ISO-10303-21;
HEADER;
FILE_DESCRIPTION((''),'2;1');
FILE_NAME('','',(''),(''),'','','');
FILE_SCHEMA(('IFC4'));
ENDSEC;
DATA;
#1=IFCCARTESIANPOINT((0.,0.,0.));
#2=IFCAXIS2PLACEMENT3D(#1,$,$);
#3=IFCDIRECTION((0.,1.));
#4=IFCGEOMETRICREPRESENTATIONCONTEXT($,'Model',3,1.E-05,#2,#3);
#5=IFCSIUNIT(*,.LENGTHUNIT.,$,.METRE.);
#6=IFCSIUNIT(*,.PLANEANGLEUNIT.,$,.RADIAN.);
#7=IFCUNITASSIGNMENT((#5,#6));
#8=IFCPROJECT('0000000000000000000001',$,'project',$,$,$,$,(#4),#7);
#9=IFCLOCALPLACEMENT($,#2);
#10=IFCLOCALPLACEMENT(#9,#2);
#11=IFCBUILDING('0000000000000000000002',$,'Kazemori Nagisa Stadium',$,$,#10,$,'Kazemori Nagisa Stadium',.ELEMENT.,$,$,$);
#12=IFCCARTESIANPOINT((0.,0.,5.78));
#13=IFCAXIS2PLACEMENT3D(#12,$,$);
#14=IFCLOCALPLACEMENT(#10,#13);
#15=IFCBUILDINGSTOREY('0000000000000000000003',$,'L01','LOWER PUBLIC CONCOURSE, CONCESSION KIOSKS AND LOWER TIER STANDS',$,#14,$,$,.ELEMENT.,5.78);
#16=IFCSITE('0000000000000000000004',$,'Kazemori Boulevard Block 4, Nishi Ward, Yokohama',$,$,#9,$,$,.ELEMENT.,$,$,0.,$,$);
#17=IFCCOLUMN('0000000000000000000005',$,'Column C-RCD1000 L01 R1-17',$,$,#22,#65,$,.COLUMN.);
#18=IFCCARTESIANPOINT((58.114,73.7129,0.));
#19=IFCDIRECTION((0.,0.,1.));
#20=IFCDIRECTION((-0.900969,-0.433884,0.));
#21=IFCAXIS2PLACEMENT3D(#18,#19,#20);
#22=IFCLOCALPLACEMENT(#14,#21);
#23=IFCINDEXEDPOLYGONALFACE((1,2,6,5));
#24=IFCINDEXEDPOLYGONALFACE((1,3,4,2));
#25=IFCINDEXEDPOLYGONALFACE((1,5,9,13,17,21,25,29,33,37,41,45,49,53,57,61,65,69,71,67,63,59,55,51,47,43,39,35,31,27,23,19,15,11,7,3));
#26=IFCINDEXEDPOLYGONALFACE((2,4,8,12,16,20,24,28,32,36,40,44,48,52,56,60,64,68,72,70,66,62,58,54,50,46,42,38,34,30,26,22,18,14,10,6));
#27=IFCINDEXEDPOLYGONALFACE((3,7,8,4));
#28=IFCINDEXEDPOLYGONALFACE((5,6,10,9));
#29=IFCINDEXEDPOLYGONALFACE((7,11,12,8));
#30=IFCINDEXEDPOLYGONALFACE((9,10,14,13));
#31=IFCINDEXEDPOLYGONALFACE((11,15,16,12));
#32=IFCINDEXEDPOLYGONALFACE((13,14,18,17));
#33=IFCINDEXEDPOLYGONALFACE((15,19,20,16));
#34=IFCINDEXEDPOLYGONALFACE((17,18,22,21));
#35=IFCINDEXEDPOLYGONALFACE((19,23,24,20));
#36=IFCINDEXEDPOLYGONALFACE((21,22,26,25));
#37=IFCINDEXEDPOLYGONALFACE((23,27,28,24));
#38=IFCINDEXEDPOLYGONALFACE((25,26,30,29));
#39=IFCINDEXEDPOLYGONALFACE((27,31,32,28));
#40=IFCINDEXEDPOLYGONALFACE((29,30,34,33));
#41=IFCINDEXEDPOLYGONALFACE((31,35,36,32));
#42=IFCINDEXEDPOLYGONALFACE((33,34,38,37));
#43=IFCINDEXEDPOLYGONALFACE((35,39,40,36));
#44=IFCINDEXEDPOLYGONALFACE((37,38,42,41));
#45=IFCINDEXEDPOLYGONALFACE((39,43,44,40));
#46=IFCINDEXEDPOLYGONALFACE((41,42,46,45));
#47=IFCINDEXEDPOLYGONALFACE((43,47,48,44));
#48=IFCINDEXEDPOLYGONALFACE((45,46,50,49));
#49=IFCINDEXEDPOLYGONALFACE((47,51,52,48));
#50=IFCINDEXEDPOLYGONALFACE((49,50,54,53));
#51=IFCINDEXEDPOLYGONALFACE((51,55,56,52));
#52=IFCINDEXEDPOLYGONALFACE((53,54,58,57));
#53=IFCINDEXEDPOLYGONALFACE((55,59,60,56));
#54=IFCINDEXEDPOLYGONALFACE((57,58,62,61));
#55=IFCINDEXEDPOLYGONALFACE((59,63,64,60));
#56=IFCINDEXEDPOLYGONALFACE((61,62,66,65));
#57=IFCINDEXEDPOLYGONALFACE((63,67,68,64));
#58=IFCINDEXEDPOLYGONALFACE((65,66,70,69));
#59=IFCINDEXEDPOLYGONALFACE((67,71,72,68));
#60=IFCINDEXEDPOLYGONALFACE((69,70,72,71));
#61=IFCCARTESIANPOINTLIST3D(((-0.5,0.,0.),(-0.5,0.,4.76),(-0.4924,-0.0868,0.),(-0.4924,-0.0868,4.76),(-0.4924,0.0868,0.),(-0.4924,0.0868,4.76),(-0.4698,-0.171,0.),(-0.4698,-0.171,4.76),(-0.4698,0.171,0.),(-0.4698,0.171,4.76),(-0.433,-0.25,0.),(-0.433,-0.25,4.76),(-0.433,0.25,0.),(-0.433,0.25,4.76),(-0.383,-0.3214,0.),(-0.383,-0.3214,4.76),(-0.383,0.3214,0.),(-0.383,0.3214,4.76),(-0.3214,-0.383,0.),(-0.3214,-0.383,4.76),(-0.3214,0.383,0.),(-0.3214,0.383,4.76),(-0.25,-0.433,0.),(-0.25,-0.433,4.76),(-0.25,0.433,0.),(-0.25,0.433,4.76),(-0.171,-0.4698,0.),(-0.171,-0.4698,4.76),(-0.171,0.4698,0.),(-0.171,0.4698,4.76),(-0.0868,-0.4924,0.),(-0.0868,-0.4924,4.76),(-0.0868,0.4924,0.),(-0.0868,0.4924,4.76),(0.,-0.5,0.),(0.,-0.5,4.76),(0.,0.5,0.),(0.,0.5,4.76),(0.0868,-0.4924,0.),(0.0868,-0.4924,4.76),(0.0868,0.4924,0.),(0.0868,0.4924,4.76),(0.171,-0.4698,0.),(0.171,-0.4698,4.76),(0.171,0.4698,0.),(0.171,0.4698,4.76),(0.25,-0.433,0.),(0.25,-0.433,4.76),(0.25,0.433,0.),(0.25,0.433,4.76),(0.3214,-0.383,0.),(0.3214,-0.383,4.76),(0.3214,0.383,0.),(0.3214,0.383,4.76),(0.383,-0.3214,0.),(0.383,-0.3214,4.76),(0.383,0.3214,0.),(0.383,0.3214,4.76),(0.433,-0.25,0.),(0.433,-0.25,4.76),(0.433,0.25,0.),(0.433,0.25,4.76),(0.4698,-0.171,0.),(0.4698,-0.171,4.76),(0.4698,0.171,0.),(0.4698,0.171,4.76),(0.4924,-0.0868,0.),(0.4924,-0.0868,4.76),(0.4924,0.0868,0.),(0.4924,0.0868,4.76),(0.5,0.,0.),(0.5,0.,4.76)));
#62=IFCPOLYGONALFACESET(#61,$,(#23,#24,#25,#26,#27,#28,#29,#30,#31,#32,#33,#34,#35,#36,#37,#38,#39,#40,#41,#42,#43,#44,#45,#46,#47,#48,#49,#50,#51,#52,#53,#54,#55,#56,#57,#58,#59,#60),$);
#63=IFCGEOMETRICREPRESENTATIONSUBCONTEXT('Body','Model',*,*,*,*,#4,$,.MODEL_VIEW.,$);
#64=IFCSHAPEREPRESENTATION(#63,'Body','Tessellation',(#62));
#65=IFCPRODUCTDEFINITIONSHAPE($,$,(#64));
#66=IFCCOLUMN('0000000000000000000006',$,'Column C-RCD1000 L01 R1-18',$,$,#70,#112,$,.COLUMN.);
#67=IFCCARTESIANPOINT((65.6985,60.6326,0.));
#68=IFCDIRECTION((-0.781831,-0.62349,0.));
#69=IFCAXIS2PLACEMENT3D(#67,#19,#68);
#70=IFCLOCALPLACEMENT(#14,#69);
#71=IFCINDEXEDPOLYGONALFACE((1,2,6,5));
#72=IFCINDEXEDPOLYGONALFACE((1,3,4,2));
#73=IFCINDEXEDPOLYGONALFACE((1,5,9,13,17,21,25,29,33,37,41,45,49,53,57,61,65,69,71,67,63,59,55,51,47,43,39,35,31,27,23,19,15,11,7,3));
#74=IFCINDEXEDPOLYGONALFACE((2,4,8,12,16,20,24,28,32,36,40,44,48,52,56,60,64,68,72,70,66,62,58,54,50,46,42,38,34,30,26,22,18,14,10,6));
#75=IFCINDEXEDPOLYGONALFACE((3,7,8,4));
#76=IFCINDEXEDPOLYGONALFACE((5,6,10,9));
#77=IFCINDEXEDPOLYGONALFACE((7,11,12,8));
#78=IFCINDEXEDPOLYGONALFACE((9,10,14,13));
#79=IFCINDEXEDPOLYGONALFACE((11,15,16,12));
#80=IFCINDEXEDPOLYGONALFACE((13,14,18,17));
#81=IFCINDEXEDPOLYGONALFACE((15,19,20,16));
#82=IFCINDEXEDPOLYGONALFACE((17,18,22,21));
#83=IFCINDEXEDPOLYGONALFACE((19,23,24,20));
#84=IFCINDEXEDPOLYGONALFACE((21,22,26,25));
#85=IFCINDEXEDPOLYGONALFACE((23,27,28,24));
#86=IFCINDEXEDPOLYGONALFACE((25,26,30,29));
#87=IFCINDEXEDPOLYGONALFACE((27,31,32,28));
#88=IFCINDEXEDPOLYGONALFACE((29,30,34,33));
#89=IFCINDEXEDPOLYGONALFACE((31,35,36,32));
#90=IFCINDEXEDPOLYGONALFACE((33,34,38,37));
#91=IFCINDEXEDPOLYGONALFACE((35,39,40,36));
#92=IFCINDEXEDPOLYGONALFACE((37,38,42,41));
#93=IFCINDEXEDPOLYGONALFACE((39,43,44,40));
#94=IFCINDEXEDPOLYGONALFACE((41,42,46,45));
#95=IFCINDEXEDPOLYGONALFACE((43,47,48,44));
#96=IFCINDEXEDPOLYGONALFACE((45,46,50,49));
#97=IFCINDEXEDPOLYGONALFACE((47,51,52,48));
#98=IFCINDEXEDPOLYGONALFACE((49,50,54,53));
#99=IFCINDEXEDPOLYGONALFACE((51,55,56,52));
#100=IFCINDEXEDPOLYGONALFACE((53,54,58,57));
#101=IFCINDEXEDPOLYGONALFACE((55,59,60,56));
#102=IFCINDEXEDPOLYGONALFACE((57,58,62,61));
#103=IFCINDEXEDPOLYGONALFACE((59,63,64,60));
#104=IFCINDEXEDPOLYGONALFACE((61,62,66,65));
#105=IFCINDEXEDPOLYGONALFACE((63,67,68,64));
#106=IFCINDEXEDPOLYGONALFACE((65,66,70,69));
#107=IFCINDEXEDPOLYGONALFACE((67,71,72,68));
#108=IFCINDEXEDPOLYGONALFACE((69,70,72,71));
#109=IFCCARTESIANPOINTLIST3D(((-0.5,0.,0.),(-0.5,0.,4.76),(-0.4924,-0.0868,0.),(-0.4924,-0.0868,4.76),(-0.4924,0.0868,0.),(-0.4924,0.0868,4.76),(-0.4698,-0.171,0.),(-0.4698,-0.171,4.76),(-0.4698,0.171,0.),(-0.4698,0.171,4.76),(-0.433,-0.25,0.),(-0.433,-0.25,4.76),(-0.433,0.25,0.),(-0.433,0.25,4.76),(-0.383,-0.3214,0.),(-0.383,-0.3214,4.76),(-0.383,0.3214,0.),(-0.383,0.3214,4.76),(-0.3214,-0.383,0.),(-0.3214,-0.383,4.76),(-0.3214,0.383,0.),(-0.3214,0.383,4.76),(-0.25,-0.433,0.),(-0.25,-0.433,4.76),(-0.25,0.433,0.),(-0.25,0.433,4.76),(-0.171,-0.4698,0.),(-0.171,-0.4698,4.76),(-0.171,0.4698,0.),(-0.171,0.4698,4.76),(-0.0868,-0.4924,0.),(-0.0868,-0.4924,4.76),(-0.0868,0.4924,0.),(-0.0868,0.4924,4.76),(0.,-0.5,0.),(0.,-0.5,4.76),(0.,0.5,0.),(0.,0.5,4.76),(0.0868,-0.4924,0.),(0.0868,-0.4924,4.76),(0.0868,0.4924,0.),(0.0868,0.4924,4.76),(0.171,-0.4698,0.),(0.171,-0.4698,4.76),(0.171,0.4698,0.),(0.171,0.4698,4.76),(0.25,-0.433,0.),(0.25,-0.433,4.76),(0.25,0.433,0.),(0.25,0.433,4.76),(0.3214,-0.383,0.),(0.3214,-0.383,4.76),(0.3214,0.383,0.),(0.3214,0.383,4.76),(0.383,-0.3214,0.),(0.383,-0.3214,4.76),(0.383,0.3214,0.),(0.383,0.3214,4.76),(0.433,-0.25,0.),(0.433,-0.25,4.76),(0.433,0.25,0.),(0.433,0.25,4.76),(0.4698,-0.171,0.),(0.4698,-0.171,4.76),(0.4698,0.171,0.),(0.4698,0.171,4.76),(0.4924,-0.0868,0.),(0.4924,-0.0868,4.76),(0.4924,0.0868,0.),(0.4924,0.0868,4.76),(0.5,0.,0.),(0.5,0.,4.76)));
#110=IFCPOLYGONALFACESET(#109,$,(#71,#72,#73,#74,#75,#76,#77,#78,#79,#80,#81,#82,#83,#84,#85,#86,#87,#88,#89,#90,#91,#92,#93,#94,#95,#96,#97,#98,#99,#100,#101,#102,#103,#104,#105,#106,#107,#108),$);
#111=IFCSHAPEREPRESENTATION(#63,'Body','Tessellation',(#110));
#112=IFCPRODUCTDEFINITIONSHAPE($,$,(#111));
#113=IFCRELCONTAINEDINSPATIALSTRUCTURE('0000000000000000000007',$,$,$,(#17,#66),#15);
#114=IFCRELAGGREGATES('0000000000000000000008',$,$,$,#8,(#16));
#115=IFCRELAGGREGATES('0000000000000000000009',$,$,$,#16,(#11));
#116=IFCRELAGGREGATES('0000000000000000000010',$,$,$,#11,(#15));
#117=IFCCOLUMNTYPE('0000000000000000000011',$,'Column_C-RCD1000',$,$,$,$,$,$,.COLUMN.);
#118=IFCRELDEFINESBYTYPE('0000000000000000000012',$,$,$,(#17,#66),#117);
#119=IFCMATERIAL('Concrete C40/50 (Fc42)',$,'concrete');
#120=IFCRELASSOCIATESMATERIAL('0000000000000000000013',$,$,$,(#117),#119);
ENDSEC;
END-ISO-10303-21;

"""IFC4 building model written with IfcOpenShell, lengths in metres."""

from ifc_helpers import new_model, si_unit, direction, frame, origin, origin_2d, place, context, subcontext, project, spatial, circle, extrude, material, material_profile, profile_set, type_object, element, save


model = new_model("IFC4")

# Units and contexts
model_context = context("Model", 3, precision=1e-05, world=origin(), true_north=direction((0.0, 1.0)))
body_context = subcontext(model_context, "Body", "Model", "MODEL_VIEW")
ifc_project = project(units=[si_unit("LENGTHUNIT", "METRE"), si_unit("PLANEANGLEUNIT", "RADIAN")], contexts=[model_context])

# Site, building, storey
site_placement = place(None, origin())
site = spatial("IfcSite", under=ifc_project, at=site_placement, Name="Kazemori Boulevard Block 4, Nishi Ward, Yokohama", CompositionType="ELEMENT", RefElevation=0.0)
building_placement = place(site_placement, origin())
building = spatial("IfcBuilding", under=site, at=building_placement, Name="Kazemori Nagisa Stadium", LongName="Kazemori Nagisa Stadium", CompositionType="ELEMENT")
storey_placement = place(building_placement, frame((0.0, 0.0, 5.78)))
storey = spatial("IfcBuildingStorey", under=building, at=storey_placement, Name="L01", Description="LOWER PUBLIC CONCOURSE, CONCESSION KIOSKS AND LOWER TIER STANDS", CompositionType="ELEMENT", Elevation=5.78)

# Columns
ifc_material_1 = material(Name="Concrete C40/50 (Fc42)", Category="concrete")
ifc_material_profile_1 = material_profile(ifc_material_1, circle(Radius=0.5, at=origin_2d()), Name="RC-COL-D1000")
ifc_profile_set_1 = profile_set([ifc_material_profile_1], Name="Concrete C40/50 (Fc42)")
column_type = type_object("IfcColumnType", Name="Column_C-RCD1000", PredefinedType="COLUMN", material=ifc_profile_set_1)
for number, where, z_axis, x_axis, name in (
    (1, (58.114, 73.7129, 0.0), (0.0, 0.0, 1.0), (-0.900969, -0.433884, 0.0), "Column C-RCD1000 L01 R1-17"),
    (2, (65.6985, 60.6326, 0.0), (0.0, 0.0, 1.0), (-0.781831, -0.62349, 0.0), "Column C-RCD1000 L01 R1-18"),
):
    element("IfcColumn", number, at=place(storey_placement, frame(where, z_axis=z_axis, x_axis=x_axis)), inside=storey, type_object=column_type, Name=name, PredefinedType="COLUMN", context=body_context, shape_type="SweptSolid", body=[
        extrude(circle(Radius=0.5, at=origin_2d()), origin(), (0.0, 0.0, 1.0), 4.76),
    ])

save(model, "model.ifc")
